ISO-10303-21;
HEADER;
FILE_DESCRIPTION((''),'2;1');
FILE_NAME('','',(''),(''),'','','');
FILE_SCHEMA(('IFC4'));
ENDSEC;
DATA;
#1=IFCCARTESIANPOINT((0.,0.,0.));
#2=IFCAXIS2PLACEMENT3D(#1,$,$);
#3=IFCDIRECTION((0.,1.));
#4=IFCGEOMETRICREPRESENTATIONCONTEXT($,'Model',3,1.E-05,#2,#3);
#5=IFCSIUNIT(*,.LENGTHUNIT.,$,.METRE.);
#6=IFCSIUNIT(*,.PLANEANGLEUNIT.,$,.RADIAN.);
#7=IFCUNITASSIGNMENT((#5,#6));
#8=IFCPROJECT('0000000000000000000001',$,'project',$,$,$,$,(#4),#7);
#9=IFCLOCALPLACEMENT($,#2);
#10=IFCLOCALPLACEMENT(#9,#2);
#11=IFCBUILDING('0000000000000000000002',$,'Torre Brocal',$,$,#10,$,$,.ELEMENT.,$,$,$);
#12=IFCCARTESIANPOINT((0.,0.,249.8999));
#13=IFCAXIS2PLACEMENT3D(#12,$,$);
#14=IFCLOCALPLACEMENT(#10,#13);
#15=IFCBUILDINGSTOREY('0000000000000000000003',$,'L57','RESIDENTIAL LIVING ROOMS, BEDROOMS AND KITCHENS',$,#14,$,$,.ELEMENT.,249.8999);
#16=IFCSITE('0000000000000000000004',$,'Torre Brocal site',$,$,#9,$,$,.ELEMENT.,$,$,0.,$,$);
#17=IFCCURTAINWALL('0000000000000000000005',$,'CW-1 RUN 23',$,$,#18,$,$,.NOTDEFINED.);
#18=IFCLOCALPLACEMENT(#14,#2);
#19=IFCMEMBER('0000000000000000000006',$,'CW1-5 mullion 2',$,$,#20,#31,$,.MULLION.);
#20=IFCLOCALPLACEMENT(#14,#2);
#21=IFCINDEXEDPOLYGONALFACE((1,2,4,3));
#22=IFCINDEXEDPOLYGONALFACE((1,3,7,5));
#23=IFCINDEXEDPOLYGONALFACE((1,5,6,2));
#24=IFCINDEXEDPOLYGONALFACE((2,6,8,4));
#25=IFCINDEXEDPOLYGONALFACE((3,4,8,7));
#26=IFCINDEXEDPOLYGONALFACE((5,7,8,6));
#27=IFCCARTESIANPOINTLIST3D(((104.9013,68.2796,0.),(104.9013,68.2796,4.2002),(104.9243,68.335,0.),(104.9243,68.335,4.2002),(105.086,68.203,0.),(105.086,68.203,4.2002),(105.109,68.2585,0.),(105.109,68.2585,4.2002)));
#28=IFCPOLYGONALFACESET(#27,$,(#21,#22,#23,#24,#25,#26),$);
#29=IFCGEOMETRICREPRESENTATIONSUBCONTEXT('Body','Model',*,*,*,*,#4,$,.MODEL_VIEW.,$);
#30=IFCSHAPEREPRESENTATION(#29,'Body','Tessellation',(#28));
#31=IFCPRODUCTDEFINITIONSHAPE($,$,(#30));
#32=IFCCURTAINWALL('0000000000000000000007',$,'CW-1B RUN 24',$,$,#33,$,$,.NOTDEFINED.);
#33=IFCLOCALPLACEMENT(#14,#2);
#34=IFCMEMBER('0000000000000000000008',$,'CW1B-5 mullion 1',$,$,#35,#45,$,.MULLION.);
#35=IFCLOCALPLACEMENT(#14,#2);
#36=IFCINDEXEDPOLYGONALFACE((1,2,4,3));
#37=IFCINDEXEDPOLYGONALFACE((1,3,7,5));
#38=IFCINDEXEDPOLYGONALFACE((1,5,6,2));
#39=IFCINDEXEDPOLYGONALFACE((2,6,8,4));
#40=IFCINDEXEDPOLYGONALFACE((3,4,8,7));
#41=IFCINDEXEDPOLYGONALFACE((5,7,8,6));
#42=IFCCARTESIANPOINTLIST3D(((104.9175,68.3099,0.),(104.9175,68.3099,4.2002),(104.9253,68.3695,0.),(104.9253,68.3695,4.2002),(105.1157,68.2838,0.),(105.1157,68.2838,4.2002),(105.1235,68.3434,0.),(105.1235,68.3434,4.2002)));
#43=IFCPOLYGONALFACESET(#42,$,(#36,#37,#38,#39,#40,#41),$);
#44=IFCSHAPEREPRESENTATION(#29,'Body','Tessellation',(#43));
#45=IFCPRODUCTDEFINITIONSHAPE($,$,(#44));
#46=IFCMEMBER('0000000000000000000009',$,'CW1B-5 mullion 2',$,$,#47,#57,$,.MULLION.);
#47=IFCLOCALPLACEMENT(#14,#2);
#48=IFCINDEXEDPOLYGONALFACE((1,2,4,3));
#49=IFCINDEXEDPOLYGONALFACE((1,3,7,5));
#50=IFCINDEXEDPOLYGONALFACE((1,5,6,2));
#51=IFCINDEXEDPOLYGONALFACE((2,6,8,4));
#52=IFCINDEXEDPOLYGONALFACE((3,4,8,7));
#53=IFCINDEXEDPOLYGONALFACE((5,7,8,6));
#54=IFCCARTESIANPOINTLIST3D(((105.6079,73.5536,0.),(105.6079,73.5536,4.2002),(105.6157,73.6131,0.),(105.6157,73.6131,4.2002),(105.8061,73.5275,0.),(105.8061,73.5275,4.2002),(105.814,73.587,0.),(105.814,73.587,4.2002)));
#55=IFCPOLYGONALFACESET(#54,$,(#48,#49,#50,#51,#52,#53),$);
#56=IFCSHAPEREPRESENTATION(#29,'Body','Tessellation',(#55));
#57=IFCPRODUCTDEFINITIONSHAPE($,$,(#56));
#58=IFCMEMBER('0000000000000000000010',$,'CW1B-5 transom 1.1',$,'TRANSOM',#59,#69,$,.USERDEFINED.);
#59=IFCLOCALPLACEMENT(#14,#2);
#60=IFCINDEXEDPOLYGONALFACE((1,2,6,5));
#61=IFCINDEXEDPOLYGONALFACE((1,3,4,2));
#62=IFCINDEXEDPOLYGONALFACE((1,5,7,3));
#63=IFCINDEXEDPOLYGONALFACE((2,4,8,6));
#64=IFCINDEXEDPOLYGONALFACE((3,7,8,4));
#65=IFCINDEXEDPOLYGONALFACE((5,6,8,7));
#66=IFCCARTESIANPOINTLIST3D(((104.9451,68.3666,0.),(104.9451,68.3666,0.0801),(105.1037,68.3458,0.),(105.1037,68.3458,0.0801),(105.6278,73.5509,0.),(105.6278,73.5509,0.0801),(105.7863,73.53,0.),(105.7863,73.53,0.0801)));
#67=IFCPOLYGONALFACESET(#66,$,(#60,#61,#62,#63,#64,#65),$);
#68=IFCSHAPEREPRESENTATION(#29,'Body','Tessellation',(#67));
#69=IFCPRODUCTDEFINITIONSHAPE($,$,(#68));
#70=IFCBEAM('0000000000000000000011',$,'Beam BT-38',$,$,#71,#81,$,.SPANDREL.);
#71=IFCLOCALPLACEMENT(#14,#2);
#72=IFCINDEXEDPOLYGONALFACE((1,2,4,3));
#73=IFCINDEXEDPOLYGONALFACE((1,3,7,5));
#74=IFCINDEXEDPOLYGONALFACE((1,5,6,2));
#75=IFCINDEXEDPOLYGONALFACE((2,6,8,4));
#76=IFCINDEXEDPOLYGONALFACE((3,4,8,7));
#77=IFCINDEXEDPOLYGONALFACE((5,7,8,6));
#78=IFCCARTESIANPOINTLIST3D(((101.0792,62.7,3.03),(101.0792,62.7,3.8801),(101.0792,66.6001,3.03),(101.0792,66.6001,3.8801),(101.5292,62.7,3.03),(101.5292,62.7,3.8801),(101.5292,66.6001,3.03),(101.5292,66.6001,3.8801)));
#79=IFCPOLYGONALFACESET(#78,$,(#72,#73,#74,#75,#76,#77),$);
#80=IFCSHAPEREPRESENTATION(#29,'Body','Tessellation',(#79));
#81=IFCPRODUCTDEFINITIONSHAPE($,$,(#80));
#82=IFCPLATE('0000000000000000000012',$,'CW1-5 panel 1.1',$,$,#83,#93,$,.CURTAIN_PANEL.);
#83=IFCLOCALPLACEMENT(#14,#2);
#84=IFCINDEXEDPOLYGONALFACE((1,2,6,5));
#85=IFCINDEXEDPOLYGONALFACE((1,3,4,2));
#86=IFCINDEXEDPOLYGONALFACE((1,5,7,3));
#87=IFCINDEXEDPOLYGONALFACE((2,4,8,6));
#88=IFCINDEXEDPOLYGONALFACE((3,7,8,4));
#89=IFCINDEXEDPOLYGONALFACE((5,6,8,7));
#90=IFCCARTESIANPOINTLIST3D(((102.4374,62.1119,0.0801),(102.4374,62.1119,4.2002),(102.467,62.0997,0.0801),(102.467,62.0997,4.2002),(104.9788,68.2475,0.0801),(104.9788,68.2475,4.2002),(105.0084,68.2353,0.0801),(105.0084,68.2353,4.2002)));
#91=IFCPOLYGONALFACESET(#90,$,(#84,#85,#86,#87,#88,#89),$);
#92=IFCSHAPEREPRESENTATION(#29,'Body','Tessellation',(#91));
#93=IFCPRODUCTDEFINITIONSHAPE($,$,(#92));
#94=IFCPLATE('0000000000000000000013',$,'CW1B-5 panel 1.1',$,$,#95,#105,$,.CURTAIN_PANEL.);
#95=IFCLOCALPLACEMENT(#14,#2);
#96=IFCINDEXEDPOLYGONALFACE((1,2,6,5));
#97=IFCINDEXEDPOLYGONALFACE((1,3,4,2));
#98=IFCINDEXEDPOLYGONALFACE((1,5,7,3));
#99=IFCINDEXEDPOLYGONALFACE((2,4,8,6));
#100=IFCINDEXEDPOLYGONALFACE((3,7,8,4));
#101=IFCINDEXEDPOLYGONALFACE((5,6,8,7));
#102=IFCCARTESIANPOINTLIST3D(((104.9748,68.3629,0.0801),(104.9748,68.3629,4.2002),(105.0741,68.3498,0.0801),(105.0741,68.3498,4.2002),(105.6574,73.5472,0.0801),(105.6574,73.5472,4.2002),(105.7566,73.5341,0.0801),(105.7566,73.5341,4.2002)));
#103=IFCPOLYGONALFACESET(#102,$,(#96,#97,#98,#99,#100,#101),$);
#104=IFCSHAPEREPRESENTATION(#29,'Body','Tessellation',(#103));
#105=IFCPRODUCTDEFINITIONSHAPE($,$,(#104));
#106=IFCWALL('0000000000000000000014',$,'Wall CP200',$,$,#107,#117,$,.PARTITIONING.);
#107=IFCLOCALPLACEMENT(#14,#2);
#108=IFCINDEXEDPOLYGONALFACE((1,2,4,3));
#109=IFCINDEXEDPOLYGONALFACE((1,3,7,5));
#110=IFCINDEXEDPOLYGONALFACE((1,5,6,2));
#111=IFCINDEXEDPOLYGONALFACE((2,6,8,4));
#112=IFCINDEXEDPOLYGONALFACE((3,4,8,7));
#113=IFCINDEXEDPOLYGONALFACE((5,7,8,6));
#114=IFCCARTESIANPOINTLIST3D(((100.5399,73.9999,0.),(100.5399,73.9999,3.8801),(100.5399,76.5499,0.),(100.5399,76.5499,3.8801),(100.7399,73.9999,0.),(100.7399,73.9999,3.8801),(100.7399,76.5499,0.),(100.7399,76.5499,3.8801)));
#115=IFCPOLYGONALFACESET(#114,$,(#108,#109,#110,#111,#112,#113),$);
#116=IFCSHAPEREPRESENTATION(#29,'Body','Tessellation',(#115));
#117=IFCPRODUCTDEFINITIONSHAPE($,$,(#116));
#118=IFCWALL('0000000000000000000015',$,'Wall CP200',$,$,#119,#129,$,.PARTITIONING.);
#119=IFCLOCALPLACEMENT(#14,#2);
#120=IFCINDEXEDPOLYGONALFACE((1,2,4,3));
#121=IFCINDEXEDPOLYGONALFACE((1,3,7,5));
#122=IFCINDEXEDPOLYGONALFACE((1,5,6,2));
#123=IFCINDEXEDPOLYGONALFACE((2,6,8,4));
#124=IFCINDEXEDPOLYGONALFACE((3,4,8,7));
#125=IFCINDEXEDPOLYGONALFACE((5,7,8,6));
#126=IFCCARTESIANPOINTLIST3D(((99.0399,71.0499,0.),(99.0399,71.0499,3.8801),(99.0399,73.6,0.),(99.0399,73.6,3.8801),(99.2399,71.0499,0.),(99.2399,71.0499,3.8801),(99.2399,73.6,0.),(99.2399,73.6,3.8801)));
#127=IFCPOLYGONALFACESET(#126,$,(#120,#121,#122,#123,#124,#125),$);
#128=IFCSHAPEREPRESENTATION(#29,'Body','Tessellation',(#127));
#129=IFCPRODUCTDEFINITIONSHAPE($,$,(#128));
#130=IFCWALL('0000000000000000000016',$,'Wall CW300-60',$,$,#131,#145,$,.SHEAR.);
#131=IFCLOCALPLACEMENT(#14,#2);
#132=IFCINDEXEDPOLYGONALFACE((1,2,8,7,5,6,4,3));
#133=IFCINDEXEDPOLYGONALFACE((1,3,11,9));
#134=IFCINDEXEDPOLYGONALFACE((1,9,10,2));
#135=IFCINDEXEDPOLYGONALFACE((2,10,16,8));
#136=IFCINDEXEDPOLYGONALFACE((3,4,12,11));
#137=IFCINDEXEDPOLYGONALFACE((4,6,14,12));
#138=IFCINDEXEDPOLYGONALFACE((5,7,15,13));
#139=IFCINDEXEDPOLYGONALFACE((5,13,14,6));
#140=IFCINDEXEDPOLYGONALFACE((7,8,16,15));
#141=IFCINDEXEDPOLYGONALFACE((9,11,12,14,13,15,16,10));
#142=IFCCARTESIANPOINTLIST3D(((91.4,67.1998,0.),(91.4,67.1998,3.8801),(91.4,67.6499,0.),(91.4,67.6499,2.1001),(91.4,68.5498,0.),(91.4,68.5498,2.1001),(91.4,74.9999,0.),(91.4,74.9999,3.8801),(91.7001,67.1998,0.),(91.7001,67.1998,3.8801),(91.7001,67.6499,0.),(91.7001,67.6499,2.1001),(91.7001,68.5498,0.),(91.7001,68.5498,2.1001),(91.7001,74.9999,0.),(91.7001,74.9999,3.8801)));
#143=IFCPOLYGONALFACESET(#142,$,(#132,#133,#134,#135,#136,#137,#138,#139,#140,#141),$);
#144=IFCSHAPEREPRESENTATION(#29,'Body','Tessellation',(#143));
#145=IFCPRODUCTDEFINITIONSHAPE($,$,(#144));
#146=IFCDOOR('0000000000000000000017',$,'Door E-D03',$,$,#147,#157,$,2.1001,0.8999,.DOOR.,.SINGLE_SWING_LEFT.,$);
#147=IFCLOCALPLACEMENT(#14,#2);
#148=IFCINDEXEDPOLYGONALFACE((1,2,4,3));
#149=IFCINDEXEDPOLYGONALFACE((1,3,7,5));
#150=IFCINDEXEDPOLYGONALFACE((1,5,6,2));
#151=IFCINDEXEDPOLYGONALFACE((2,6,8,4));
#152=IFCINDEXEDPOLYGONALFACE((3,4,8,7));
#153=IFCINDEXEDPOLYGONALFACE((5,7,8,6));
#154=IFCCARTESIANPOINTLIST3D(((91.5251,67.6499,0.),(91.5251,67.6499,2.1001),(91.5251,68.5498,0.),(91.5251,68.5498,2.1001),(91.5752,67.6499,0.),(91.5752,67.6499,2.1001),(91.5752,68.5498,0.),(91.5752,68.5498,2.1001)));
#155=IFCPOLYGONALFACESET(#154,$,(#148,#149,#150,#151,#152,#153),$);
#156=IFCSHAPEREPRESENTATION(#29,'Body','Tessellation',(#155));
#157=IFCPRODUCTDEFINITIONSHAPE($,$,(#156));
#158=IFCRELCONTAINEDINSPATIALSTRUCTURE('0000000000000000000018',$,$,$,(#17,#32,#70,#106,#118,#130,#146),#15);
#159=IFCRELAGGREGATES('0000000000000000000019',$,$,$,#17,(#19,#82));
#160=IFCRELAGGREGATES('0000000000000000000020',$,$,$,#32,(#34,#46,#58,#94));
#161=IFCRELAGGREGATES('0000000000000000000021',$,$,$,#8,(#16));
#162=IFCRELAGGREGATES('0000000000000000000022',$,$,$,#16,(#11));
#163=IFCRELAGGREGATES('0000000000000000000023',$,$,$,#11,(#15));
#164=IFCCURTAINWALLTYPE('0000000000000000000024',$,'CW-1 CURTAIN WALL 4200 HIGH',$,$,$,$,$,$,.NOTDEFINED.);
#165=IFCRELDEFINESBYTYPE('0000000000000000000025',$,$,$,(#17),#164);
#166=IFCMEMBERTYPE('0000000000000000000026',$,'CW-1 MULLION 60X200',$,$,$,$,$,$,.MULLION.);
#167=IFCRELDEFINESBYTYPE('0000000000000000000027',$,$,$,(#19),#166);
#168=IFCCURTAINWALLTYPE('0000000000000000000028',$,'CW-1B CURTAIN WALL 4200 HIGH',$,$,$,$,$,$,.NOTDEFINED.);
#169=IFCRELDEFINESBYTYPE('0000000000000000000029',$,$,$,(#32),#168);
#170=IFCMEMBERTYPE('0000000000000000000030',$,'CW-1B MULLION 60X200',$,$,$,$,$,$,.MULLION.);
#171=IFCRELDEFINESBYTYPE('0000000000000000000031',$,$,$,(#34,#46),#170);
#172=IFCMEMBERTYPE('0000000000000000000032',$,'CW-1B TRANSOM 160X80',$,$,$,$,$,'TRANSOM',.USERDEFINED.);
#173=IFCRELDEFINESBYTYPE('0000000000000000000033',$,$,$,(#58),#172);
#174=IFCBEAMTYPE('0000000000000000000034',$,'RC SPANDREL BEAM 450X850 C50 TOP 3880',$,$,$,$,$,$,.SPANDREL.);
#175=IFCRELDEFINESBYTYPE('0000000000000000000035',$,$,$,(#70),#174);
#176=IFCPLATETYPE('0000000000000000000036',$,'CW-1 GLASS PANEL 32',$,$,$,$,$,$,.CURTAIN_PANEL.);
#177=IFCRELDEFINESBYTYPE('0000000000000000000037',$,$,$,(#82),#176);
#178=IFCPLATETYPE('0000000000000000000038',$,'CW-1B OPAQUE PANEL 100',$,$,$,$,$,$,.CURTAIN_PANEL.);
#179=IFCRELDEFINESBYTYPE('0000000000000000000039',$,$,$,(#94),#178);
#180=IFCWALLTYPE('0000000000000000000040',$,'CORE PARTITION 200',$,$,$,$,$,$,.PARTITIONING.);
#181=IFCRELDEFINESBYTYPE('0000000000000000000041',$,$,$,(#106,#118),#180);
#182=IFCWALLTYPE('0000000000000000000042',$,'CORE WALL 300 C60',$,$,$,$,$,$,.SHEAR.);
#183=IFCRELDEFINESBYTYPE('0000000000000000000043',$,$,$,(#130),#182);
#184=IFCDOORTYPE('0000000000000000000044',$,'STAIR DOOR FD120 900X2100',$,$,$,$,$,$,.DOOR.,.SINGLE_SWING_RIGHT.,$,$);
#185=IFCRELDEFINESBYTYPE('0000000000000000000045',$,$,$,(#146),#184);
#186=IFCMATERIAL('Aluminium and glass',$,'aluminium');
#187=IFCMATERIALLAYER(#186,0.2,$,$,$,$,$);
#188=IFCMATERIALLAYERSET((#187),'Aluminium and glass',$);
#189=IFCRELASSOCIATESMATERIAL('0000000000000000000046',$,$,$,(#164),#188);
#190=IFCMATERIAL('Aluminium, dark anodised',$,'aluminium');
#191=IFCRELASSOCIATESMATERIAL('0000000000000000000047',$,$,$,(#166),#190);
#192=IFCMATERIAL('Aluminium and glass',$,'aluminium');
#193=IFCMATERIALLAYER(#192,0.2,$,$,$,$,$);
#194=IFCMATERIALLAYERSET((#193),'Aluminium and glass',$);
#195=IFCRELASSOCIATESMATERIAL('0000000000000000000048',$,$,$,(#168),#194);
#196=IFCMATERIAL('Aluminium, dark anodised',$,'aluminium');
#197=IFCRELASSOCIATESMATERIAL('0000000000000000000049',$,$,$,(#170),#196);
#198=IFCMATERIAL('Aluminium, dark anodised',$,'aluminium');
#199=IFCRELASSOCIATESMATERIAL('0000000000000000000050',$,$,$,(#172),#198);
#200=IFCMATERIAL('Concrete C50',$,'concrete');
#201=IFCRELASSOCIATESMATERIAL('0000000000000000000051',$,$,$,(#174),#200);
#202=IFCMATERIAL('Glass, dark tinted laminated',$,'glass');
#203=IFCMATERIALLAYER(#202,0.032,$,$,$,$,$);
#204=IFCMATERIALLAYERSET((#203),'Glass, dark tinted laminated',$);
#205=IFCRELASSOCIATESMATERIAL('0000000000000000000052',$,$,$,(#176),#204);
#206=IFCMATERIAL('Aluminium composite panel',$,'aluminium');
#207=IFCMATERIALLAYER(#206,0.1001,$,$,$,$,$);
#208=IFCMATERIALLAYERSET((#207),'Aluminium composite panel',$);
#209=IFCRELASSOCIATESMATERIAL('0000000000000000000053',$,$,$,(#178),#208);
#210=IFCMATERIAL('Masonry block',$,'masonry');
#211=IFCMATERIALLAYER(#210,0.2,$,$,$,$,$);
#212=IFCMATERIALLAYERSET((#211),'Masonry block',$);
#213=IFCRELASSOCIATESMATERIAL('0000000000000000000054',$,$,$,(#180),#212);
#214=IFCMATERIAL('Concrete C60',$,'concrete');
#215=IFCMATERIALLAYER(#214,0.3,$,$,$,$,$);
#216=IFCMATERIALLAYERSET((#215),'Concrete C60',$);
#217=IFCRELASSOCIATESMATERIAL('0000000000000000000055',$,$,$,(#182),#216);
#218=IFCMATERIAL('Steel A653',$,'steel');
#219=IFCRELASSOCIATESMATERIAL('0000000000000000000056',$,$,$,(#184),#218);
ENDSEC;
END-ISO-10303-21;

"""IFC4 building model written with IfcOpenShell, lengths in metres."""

from ifc_helpers import new_model, si_unit, direction, frame, frame_2d, origin, origin_2d, place, context, subcontext, project, spatial, rectangle, extrude, material, layer, layer_set, material_profile, profile_set, type_object, element, fill, aggregate, save


model = new_model("IFC4")

# Units and contexts
model_context = context("Model", 3, precision=1e-05, world=origin(), true_north=direction((0.0, 1.0)))
body_context = subcontext(model_context, "Body", "Model", "MODEL_VIEW")
ifc_project = project(units=[si_unit("LENGTHUNIT", "METRE"), si_unit("PLANEANGLEUNIT", "RADIAN")], contexts=[model_context])

# Site, building, storey
site_placement = place(None, origin())
site = spatial("IfcSite", under=ifc_project, at=site_placement, Name="Torre Brocal site", CompositionType="ELEMENT", RefElevation=0.0)
building_placement = place(site_placement, origin())
building = spatial("IfcBuilding", under=site, at=building_placement, Name="Torre Brocal", CompositionType="ELEMENT")
storey_placement = place(building_placement, frame((0.0, 0.0, 249.8999)))
storey = spatial("IfcBuildingStorey", under=building, at=storey_placement, Name="L57", Description="RESIDENTIAL LIVING ROOMS, BEDROOMS AND KITCHENS", CompositionType="ELEMENT", Elevation=249.8999)

# Curtain wall, member
ifc_material_1 = material(Name="Aluminium and glass", Category="aluminium")
ifc_layer_1 = layer(ifc_material_1, 0.2)
ifc_layer_set_1 = layer_set([ifc_layer_1], Name="Aluminium and glass")
curtain_wall_type_1 = type_object("IfcCurtainWallType", Name="CW-1 CURTAIN WALL 4200 HIGH", PredefinedType="NOTDEFINED", material=ifc_layer_set_1)
curtain_wall_1_placement = place(storey_placement, origin())
curtain_wall_1 = element("IfcCurtainWall", 1, at=curtain_wall_1_placement, inside=storey, type_object=curtain_wall_type_1, Name="CW-1 RUN 23", PredefinedType="NOTDEFINED")
ifc_material_2 = material(Name="Aluminium, dark anodised", Category="aluminium")
ifc_material_profile_1 = material_profile(ifc_material_2, rectangle(XDim=0.2, YDim=0.0601, at=origin_2d()), Name="CW-1 MULLION 60X200")
ifc_profile_set_1 = profile_set([ifc_material_profile_1], Name="Aluminium, dark anodised")
member_type_1 = type_object("IfcMemberType", Name="CW-1 MULLION 60X200", PredefinedType="MULLION", material=ifc_profile_set_1)
member_1_placement = place(storey_placement, frame((105.0051, 68.269, 0.0), z_axis=(0.0, 0.0, 1.0), x_axis=(-0.92388, 0.382683, 0.0)))
member_1 = element("IfcMember", 2, at=member_1_placement, type_object=member_type_1, Name="CW1-5 mullion 2", PredefinedType="MULLION", context=body_context, shape_type="SweptSolid", body=[
    extrude(rectangle(XDim=0.2, YDim=0.0601, at=origin_2d()), origin(), (0.0, 0.0, 1.0), 4.2002),
])

# Curtain wall, members
ifc_material_3 = material(Name="Aluminium and glass", Category="aluminium")
ifc_layer_2 = layer(ifc_material_3, 0.2)
ifc_layer_set_2 = layer_set([ifc_layer_2], Name="Aluminium and glass")
curtain_wall_type_2 = type_object("IfcCurtainWallType", Name="CW-1B CURTAIN WALL 4200 HIGH", PredefinedType="NOTDEFINED", material=ifc_layer_set_2)
curtain_wall_2_placement = place(storey_placement, origin())
curtain_wall_2 = element("IfcCurtainWall", 3, at=curtain_wall_2_placement, inside=storey, type_object=curtain_wall_type_2, Name="CW-1B RUN 24", PredefinedType="NOTDEFINED")
ifc_material_4 = material(Name="Aluminium, dark anodised", Category="aluminium")
ifc_material_profile_2 = material_profile(ifc_material_4, rectangle(XDim=0.2, YDim=0.0601, at=origin_2d()), Name="CW-1B MULLION 60X200")
ifc_profile_set_2 = profile_set([ifc_material_profile_2], Name="Aluminium, dark anodised")
member_type_2 = type_object("IfcMemberType", Name="CW-1B MULLION 60X200", PredefinedType="MULLION", material=ifc_profile_set_2)
member_2_placement = place(storey_placement, frame((105.0205, 68.3267, 0.0), z_axis=(0.0, 0.0, 1.0), x_axis=(-0.991445, 0.130526, 0.0)))
member_2 = element("IfcMember", 4, at=member_2_placement, type_object=member_type_2, Name="CW1B-5 mullion 1", PredefinedType="MULLION", context=body_context, shape_type="SweptSolid", body=[
    extrude(rectangle(XDim=0.2, YDim=0.0601, at=origin_2d()), origin(), (0.0, 0.0, 1.0), 4.2002),
])
member_3_placement = place(storey_placement, frame((105.7109, 73.5703, 0.0), z_axis=(0.0, 0.0, 1.0), x_axis=(-0.991445, 0.130526, 0.0)))
member_3 = element("IfcMember", 5, at=member_3_placement, type_object=member_type_2, Name="CW1B-5 mullion 2", PredefinedType="MULLION", context=body_context, shape_type="SweptSolid", body=[
    extrude(rectangle(XDim=0.2, YDim=0.0601, at=origin_2d()), origin(), (0.0, 0.0, 1.0), 4.2002),
])
ifc_material_5 = material(Name="Aluminium, dark anodised", Category="aluminium")
ifc_material_profile_3 = material_profile(ifc_material_5, rectangle(XDim=0.1599, YDim=0.0801, at=origin_2d()), Name="CW-1B TRANSOM 160X80")
ifc_profile_set_3 = profile_set([ifc_material_profile_3], Name="Aluminium, dark anodised")
member_type_3 = type_object("IfcMemberType", Name="CW-1B TRANSOM 160X80", ElementType="TRANSOM", PredefinedType="USERDEFINED", material=ifc_profile_set_3)
member_4_placement = place(storey_placement, frame((105.0244, 68.3562, 0.04), z_axis=(0.130543, 0.991443, 0.0), x_axis=(-0.991443, 0.130543, 0.0)))
member_4 = element("IfcMember", 6, at=member_4_placement, type_object=member_type_3, Name="CW1B-5 transom 1.1", ObjectType="TRANSOM", PredefinedType="USERDEFINED", context=body_context, shape_type="SweptSolid", body=[
    extrude(rectangle(XDim=0.1599, YDim=0.0801, at=origin_2d()), origin(), (0.0, 0.0, 1.0), 5.229),
])

# Beam
ifc_material_6 = material(Name="Concrete C50", Category="concrete")
ifc_material_profile_4 = material_profile(ifc_material_6, rectangle(XDim=0.45, YDim=0.8501, at=origin_2d()), Name="RC 450X850")
ifc_profile_set_4 = profile_set([ifc_material_profile_4], Name="Concrete C50")
beam_type = type_object("IfcBeamType", Name="RC SPANDREL BEAM 450X850 C50 TOP 3880", PredefinedType="SPANDREL", material=ifc_profile_set_4)
beam_placement = place(storey_placement, frame((101.3042, 62.7, 3.4551), z_axis=(0.0, 1.0, 0.0), x_axis=(-1.0, 0.0, 0.0)))
element("IfcBeam", 7, at=beam_placement, inside=storey, type_object=beam_type, Name="Beam BT-38", PredefinedType="SPANDREL", context=body_context, shape_type="SweptSolid", body=[
    extrude(rectangle(XDim=0.45, YDim=0.8501, at=origin_2d()), origin(), (0.0, 0.0, 1.0), 3.9001),
])

# Plates
ifc_material_7 = material(Name="Glass, dark tinted laminated", Category="glass")
ifc_layer_3 = layer(ifc_material_7, 0.032)
ifc_layer_set_3 = layer_set([ifc_layer_3], Name="Glass, dark tinted laminated")
plate_type_1 = type_object("IfcPlateType", Name="CW-1 GLASS PANEL 32", PredefinedType="CURTAIN_PANEL", material=ifc_layer_set_3)
plate_1_placement = place(storey_placement, frame((103.7229, 65.1736, 0.0801), z_axis=(0.0, 0.0, 1.0), x_axis=(0.382683, 0.92388, 0.0)))
plate_1 = element("IfcPlate", 8, at=plate_1_placement, type_object=plate_type_1, Name="CW1-5 panel 1.1", PredefinedType="CURTAIN_PANEL", context=body_context, shape_type="SweptSolid", body=[
    extrude(rectangle(XDim=6.6411, YDim=0.032, at=origin_2d()), origin(), (0.0, 0.0, 1.0), 4.1201),
])
aggregate(curtain_wall_1, [member_1, plate_1])
ifc_material_8 = material(Name="Aluminium composite panel", Category="aluminium")
ifc_layer_4 = layer(ifc_material_8, 0.1001)
ifc_layer_set_4 = layer_set([ifc_layer_4], Name="Aluminium composite panel")
plate_type_2 = type_object("IfcPlateType", Name="CW-1B OPAQUE PANEL 100", PredefinedType="CURTAIN_PANEL", material=ifc_layer_set_4)
plate_2_placement = place(storey_placement, frame((105.3657, 70.9485, 0.0801), z_axis=(0.0, 0.0, 1.0), x_axis=(0.130526, 0.991445, 0.0)))
plate_2 = element("IfcPlate", 9, at=plate_2_placement, type_object=plate_type_2, Name="CW1B-5 panel 1.1", PredefinedType="CURTAIN_PANEL", context=body_context, shape_type="SweptSolid", body=[
    extrude(rectangle(XDim=5.229, YDim=0.1001, at=origin_2d()), origin(), (0.0, 0.0, 1.0), 4.1201),
])
aggregate(curtain_wall_2, [member_2, member_3, member_4, plate_2])

# Walls
ifc_material_9 = material(Name="Masonry block", Category="masonry")
ifc_layer_5 = layer(ifc_material_9, 0.2)
ifc_layer_set_5 = layer_set([ifc_layer_5], Name="Masonry block")
wall_type_1 = type_object("IfcWallType", Name="CORE PARTITION 200", PredefinedType="PARTITIONING", material=ifc_layer_set_5)
for number, where, z_axis, x_axis, name in (
    (10, (100.6399, 74.0, 0.0), (0.0, 0.0, 1.0), (0.0, 1.0, 0.0), "Wall CP200"),
    (11, (99.1399, 71.05, 0.0), (0.0, 0.0, 1.0), (0.0, 1.0, 0.0), "Wall CP200"),
):
    element("IfcWall", number, at=place(storey_placement, frame(where, z_axis=z_axis, x_axis=x_axis)), inside=storey, type_object=wall_type_1, Name=name, PredefinedType="PARTITIONING", context=body_context, shape_type="SweptSolid", body=[
        extrude(rectangle(XDim=2.55, YDim=0.2, at=frame_2d((1.2749, 0.0))), origin(), (0.0, 0.0, 1.0), 3.8801),
    ])

# Wall, opening, door
ifc_material_10 = material(Name="Concrete C60", Category="concrete")
ifc_layer_6 = layer(ifc_material_10, 0.3)
ifc_layer_set_6 = layer_set([ifc_layer_6], Name="Concrete C60")
wall_type_2 = type_object("IfcWallType", Name="CORE WALL 300 C60", PredefinedType="SHEAR", material=ifc_layer_set_6)
wall_1_placement = place(storey_placement, frame((91.55, 67.2, 0.0), z_axis=(0.0, 0.0, 1.0), x_axis=(0.0, 1.0, 0.0)))
wall_1 = element("IfcWall", 12, at=wall_1_placement, inside=storey, type_object=wall_type_2, Name="Wall CW300-60", PredefinedType="SHEAR", context=body_context, shape_type="SweptSolid", body=[
    extrude(rectangle(XDim=7.8, YDim=0.3, at=frame_2d((3.8999, 0.0))), origin(), (0.0, 0.0, 1.0), 3.8801),
])
opening_1_placement = place(wall_1_placement, frame((0.45, 0.0, 0.0)))
opening_1 = element("IfcOpeningElement", 13, at=opening_1_placement, cuts=wall_1, PredefinedType="OPENING", context=body_context, shape_type="SweptSolid", body=[
    extrude(rectangle(XDim=0.8999, YDim=2.1001, at=frame_2d((0.45, 1.05))), frame((0.0, 0.1599, 0.0), z_axis=(0.0, -1.0, 0.0), x_axis=(1.0, 0.0, 0.0)), (0.0, 0.0, 1.0), 0.3201),
])
ifc_material_11 = material(Name="Steel A653", Category="steel")
door_type_1 = type_object("IfcDoorType", Name="STAIR DOOR FD120 900X2100", OperationType="SINGLE_SWING_RIGHT", PredefinedType="DOOR", material=ifc_material_11)
door_1_placement = place(opening_1_placement, origin())
door_1 = element("IfcDoor", 14, at=door_1_placement, inside=storey, type_object=door_type_1, Name="Door E-D03", OperationType="SINGLE_SWING_LEFT", OverallHeight=2.1001, OverallWidth=0.8999, PredefinedType="DOOR", context=body_context, shape_type="SweptSolid", body=[
    extrude(rectangle(XDim=0.8999, YDim=2.1001, at=frame_2d((0.45, 1.05))), frame((0.0, 0.0249, 0.0), z_axis=(0.0, -1.0, 0.0), x_axis=(1.0, 0.0, 0.0)), (0.0, 0.0, 1.0), 0.05),
])
fill(opening_1, door_1)

save(model, "model.ifc")
